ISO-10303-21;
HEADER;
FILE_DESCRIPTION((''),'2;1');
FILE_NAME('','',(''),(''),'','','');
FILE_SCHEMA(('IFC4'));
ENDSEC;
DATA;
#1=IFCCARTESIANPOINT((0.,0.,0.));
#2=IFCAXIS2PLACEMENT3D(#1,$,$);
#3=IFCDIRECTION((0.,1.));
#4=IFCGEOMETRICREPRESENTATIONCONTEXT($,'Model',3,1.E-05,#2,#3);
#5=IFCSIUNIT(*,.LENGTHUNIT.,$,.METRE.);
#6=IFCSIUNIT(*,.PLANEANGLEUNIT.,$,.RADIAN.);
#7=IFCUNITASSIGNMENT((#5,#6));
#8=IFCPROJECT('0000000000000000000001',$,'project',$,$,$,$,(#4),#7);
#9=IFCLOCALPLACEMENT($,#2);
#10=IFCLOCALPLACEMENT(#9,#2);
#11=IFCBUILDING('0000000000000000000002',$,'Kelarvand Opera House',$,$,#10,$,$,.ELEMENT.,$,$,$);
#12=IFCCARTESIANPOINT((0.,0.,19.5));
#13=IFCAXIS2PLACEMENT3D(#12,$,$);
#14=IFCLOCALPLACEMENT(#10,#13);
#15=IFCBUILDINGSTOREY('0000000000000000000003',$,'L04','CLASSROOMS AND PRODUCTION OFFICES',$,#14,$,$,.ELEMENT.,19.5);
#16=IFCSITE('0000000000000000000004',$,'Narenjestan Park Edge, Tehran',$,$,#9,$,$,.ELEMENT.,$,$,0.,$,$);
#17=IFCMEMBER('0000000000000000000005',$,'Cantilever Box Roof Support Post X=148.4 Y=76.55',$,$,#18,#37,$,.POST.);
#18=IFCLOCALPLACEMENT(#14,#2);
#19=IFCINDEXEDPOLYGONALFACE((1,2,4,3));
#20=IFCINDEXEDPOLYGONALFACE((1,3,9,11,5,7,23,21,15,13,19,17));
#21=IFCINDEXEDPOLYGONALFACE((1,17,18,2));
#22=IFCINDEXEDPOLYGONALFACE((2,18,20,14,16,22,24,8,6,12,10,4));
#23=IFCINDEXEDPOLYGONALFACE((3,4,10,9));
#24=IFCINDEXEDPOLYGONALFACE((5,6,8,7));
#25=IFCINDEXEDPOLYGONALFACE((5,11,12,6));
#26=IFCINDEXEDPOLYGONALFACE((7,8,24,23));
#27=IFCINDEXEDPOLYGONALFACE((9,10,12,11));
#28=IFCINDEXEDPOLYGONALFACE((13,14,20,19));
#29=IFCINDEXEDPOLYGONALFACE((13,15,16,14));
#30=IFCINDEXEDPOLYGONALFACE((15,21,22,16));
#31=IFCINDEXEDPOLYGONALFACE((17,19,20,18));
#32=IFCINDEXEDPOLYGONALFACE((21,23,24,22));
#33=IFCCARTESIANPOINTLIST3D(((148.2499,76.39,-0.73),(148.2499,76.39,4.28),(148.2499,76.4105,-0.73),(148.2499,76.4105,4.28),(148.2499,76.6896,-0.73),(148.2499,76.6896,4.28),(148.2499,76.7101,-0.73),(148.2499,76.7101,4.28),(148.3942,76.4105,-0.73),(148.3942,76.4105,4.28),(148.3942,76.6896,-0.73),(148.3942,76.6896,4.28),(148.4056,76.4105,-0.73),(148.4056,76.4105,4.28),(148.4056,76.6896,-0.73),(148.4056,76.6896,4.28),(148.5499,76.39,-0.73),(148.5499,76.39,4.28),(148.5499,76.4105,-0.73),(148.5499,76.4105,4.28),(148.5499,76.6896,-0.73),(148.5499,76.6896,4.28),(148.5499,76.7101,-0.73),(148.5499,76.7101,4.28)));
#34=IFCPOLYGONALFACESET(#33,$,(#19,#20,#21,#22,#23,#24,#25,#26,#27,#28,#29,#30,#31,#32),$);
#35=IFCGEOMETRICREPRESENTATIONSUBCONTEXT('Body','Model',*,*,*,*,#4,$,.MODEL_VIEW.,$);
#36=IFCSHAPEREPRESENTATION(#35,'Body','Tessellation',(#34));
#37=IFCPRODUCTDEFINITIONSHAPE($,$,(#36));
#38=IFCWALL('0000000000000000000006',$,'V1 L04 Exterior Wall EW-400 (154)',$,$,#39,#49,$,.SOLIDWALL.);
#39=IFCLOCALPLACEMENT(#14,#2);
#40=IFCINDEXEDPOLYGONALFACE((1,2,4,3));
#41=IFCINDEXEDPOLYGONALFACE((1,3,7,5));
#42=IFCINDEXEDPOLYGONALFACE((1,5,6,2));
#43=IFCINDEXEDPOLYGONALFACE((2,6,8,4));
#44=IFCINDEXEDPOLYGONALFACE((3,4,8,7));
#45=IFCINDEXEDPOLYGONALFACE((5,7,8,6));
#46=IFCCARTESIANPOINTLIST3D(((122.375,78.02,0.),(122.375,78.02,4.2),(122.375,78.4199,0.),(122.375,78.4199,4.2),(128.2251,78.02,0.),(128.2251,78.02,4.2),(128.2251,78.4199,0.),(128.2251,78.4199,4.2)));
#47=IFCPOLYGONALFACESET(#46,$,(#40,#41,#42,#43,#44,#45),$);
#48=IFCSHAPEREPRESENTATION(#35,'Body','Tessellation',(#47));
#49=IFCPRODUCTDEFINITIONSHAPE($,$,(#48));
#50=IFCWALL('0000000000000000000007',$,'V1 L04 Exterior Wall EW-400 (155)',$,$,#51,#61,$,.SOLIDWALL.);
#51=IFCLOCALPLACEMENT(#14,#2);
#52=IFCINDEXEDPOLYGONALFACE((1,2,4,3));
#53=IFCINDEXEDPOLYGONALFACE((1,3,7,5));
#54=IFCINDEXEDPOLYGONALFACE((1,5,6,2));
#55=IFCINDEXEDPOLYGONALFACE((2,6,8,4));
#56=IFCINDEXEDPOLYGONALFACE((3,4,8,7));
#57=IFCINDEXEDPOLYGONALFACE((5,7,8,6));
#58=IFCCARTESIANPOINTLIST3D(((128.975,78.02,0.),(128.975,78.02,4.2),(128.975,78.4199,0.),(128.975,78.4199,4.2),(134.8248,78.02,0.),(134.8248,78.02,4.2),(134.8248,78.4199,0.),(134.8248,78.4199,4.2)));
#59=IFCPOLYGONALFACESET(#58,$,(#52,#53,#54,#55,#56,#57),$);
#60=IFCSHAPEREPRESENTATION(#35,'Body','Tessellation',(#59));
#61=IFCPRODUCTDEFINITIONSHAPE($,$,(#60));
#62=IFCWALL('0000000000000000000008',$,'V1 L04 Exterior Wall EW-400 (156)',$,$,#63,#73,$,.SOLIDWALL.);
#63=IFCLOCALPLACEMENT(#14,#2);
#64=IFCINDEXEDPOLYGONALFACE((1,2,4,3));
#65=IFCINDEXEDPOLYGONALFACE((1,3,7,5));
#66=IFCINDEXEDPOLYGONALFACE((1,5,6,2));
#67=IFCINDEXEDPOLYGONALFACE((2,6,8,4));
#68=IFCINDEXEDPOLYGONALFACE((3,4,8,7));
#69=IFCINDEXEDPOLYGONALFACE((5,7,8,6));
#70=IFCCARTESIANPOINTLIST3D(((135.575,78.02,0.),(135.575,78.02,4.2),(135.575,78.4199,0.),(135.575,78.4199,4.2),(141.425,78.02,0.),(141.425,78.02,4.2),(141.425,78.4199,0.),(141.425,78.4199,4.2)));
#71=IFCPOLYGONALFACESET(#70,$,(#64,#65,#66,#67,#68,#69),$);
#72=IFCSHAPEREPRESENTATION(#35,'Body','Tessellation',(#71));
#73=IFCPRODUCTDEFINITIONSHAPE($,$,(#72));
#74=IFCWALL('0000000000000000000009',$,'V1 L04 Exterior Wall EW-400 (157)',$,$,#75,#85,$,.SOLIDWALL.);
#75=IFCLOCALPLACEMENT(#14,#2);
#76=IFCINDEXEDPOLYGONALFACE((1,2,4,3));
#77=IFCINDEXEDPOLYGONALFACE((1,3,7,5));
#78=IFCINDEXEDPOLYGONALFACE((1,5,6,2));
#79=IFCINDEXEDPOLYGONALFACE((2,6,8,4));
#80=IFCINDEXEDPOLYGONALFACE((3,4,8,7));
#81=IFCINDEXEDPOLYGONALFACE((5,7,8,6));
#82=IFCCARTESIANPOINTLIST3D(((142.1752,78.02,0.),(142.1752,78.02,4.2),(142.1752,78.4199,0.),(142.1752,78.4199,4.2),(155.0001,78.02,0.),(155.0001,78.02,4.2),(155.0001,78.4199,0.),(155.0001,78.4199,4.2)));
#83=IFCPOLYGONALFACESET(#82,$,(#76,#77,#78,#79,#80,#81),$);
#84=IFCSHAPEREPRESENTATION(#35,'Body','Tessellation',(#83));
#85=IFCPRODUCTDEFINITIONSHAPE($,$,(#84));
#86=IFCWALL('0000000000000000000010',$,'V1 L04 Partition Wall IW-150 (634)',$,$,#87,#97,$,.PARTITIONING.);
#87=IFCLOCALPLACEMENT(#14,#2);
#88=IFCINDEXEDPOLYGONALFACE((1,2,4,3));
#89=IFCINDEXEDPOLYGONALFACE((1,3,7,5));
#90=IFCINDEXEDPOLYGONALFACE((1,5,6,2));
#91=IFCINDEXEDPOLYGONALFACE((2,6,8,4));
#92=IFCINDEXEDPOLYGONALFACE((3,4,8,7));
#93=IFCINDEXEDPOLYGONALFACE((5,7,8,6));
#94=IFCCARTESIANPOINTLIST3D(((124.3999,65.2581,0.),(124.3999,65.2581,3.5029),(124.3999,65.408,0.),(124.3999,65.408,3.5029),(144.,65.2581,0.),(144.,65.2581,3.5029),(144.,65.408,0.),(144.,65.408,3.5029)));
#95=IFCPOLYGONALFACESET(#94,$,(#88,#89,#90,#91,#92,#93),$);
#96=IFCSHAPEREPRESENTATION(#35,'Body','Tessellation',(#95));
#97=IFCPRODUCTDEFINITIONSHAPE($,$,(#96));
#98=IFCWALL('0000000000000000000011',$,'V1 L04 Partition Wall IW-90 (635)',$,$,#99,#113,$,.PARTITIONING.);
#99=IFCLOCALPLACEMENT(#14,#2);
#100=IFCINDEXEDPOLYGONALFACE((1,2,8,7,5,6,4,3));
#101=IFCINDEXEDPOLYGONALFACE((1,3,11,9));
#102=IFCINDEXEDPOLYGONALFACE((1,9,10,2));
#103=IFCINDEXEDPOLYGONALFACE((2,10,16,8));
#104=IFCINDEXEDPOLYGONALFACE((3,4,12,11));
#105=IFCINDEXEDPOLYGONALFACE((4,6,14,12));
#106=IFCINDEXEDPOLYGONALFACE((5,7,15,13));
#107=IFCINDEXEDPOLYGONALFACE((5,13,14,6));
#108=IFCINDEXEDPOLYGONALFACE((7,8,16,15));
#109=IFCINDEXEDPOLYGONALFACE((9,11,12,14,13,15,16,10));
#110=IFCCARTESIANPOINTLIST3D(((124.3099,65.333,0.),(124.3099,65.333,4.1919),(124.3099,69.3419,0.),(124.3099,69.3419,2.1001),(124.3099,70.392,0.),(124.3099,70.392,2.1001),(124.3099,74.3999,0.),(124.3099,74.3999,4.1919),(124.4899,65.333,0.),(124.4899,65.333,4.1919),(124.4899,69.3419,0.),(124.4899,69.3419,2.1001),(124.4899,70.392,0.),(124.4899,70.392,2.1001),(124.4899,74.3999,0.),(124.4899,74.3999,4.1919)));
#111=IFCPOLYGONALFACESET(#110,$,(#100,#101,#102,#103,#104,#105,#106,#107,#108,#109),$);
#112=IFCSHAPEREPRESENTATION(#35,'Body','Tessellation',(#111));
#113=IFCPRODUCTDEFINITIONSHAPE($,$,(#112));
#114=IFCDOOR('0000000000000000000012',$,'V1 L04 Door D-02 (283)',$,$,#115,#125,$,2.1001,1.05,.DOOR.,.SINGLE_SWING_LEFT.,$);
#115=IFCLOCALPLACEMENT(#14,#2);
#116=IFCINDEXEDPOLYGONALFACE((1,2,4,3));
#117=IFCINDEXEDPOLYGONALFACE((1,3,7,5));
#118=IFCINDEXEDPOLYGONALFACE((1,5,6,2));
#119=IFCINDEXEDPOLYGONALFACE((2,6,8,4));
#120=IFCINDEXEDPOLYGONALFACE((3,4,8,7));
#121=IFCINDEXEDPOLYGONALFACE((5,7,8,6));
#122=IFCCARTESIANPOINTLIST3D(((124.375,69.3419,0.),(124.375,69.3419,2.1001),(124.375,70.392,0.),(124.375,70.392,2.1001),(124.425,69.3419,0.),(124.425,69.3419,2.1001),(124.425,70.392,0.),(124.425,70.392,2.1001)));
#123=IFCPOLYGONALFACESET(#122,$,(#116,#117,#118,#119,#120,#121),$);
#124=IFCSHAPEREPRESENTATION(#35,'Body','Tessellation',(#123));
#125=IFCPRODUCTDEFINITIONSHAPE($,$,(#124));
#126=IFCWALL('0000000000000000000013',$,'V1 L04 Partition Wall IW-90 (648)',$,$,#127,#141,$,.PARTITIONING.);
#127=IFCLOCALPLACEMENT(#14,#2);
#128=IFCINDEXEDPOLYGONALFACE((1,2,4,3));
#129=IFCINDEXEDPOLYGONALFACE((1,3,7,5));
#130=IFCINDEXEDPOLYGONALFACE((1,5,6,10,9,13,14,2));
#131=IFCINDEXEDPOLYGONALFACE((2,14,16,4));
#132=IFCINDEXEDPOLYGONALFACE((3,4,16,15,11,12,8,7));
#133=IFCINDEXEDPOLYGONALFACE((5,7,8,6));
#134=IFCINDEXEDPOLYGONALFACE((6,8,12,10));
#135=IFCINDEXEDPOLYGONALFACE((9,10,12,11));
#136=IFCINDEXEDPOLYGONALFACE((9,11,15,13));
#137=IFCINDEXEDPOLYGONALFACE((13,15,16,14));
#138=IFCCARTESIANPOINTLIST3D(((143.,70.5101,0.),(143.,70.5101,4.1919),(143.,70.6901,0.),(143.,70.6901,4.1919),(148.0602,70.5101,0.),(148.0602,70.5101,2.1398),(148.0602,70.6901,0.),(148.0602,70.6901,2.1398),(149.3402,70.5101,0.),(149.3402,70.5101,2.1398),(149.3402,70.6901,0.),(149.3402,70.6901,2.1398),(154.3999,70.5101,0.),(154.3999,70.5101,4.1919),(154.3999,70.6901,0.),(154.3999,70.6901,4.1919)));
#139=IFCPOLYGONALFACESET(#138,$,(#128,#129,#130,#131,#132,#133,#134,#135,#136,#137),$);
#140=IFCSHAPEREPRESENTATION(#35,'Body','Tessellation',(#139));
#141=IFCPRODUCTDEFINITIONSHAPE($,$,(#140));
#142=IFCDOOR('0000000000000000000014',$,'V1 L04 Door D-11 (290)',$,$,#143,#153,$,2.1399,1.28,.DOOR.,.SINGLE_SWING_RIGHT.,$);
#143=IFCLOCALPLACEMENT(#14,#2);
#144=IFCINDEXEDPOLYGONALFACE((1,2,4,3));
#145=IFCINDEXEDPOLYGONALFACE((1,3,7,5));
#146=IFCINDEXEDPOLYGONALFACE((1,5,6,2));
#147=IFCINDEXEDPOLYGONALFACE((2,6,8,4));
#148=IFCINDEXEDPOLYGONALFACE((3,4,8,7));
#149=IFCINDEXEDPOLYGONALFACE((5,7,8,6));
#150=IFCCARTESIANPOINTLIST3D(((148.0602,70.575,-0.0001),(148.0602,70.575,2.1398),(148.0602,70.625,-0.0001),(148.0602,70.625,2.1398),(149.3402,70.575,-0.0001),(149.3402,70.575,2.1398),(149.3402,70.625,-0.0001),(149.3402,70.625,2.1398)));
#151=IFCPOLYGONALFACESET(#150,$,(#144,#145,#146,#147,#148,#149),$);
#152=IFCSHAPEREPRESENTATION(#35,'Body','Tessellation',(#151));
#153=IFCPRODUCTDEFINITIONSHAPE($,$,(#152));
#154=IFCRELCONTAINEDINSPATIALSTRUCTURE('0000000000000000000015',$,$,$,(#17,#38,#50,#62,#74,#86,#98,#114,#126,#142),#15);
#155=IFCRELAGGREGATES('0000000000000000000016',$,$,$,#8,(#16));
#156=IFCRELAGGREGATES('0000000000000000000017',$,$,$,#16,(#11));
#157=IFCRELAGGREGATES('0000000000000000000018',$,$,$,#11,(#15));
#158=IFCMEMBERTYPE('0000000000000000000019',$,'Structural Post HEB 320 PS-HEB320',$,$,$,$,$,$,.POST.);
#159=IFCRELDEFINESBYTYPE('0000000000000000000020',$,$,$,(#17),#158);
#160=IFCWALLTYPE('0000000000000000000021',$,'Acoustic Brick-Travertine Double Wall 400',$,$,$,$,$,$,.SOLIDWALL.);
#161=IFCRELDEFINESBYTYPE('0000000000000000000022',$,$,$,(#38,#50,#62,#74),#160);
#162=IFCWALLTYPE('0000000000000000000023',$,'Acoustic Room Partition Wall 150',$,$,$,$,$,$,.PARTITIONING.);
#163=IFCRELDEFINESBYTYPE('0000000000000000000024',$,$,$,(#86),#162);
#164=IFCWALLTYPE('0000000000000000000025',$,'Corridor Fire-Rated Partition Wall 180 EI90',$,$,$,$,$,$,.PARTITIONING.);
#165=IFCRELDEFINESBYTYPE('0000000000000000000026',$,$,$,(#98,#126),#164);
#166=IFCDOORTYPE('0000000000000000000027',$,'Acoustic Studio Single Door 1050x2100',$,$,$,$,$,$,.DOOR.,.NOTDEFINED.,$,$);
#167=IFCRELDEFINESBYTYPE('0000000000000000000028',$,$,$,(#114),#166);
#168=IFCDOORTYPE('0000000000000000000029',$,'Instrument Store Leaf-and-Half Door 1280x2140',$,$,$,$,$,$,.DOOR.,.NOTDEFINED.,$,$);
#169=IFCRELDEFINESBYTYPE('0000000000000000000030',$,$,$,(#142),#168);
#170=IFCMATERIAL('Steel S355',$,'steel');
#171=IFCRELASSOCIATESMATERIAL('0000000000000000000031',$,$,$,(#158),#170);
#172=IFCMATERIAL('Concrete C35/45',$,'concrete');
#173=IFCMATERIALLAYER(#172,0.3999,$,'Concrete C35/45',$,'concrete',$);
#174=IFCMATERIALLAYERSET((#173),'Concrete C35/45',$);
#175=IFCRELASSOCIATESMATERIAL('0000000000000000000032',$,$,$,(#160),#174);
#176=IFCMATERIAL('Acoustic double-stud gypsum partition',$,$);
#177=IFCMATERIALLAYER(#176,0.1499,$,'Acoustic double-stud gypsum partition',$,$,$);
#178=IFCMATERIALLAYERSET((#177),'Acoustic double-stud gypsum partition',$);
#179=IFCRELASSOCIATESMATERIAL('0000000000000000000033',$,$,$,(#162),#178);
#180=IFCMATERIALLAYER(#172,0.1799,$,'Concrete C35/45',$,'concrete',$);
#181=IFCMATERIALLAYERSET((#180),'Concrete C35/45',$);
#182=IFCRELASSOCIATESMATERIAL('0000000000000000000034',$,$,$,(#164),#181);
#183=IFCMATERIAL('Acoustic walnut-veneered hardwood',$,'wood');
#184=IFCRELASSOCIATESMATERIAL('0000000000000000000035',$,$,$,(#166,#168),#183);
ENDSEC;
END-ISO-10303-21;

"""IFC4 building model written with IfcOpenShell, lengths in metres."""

from ifc_helpers import new_model, si_unit, direction, frame, frame_2d, origin, origin_2d, place, context, subcontext, project, spatial, rectangle, i_section, extrude, material, layer, layer_set, material_profile, profile_set, type_object, element, fill, save


model = new_model("IFC4")

# Units and contexts
model_context = context("Model", 3, precision=1e-05, world=origin(), true_north=direction((0.0, 1.0)))
body_context = subcontext(model_context, "Body", "Model", "MODEL_VIEW")
ifc_project = project(units=[si_unit("LENGTHUNIT", "METRE"), si_unit("PLANEANGLEUNIT", "RADIAN")], contexts=[model_context])

# Site, building, storey
site_placement = place(None, origin())
site = spatial("IfcSite", under=ifc_project, at=site_placement, Name="Narenjestan Park Edge, Tehran", CompositionType="ELEMENT", RefElevation=0.0)
building_placement = place(site_placement, origin())
building = spatial("IfcBuilding", under=site, at=building_placement, Name="Kelarvand Opera House", CompositionType="ELEMENT")
storey_placement = place(building_placement, frame((0.0, 0.0, 19.5)))
storey = spatial("IfcBuildingStorey", under=building, at=storey_placement, Name="L04", Description="CLASSROOMS AND PRODUCTION OFFICES", CompositionType="ELEMENT", Elevation=19.5)

# Shared definitions
ifc_material_1 = material(Name="Steel S355", Category="steel")

# Member
ifc_material_profile_1 = material_profile(ifc_material_1, i_section(OverallWidth=0.3, OverallDepth=0.3201, WebThickness=0.0115, FlangeThickness=0.0205, at=origin_2d()), Name="HEB 320", Category="steel")
ifc_profile_set_1 = profile_set([ifc_material_profile_1], Name="Steel S355")
member_type = type_object("IfcMemberType", Name="Structural Post HEB 320 PS-HEB320", PredefinedType="POST", material=ifc_profile_set_1)
for number, where, z_axis, x_axis, name in (
    (1, (148.3999, 76.55, -0.73), (0.0, 0.0, 1.0), (1.0, 0.0, 0.0), "Cantilever Box Roof Support Post X=148.4 Y=76.55"),
):
    element("IfcMember", number, at=place(storey_placement, frame(where, z_axis=z_axis, x_axis=x_axis)), inside=storey, type_object=member_type, Name=name, PredefinedType="POST", context=body_context, shape_type="SweptSolid", body=[
        extrude(i_section(OverallWidth=0.3, OverallDepth=0.3201, WebThickness=0.0115, FlangeThickness=0.0205, at=origin_2d()), origin(), (0.0, 0.0, 1.0), 5.01),
    ])

# Walls
ifc_material_2 = material(Name="Concrete C35/45", Category="concrete")
ifc_layer_1 = layer(ifc_material_2, 0.3999, Name="Concrete C35/45", Category="concrete")
ifc_layer_set_1 = layer_set([ifc_layer_1], Name="Concrete C35/45")
wall_type_1 = type_object("IfcWallType", Name="Acoustic Brick-Travertine Double Wall 400", PredefinedType="SOLIDWALL", material=ifc_layer_set_1)
wall_1_placement = place(storey_placement, frame((122.375, 78.22, 0.0), z_axis=(0.0, 0.0, 1.0), x_axis=(1.0, 0.0, 0.0)))
element("IfcWall", 2, at=wall_1_placement, inside=storey, type_object=wall_type_1, Name="V1 L04 Exterior Wall EW-400 (154)", PredefinedType="SOLIDWALL", context=body_context, shape_type="SweptSolid", body=[
    extrude(rectangle(XDim=5.8501, YDim=0.3999, at=frame_2d((2.925, 0.0))), origin(), (0.0, 0.0, 1.0), 4.2),
])
wall_2_placement = place(storey_placement, frame((128.9751, 78.22, 0.0), z_axis=(0.0, 0.0, 1.0), x_axis=(1.0, 0.0, 0.0)))
element("IfcWall", 3, at=wall_2_placement, inside=storey, type_object=wall_type_1, Name="V1 L04 Exterior Wall EW-400 (155)", PredefinedType="SOLIDWALL", context=body_context, shape_type="SweptSolid", body=[
    extrude(rectangle(XDim=5.8499, YDim=0.3999, at=frame_2d((2.9248, 0.0))), origin(), (0.0, 0.0, 1.0), 4.2),
])
wall_3_placement = place(storey_placement, frame((135.575, 78.22, 0.0), z_axis=(0.0, 0.0, 1.0), x_axis=(1.0, 0.0, 0.0)))
element("IfcWall", 4, at=wall_3_placement, inside=storey, type_object=wall_type_1, Name="V1 L04 Exterior Wall EW-400 (156)", PredefinedType="SOLIDWALL", context=body_context, shape_type="SweptSolid", body=[
    extrude(rectangle(XDim=5.8501, YDim=0.3999, at=frame_2d((2.925, 0.0))), origin(), (0.0, 0.0, 1.0), 4.2),
])
wall_4_placement = place(storey_placement, frame((142.175, 78.22, 0.0), z_axis=(0.0, 0.0, 1.0), x_axis=(1.0, 0.0, 0.0)))
element("IfcWall", 5, at=wall_4_placement, inside=storey, type_object=wall_type_1, Name="V1 L04 Exterior Wall EW-400 (157)", PredefinedType="SOLIDWALL", context=body_context, shape_type="SweptSolid", body=[
    extrude(rectangle(XDim=12.825, YDim=0.3999, at=frame_2d((6.4126, 0.0))), origin(), (0.0, 0.0, 1.0), 4.2),
])
ifc_material_3 = material(Name="Acoustic double-stud gypsum partition")
ifc_layer_2 = layer(ifc_material_3, 0.1499, Name="Acoustic double-stud gypsum partition")
ifc_layer_set_2 = layer_set([ifc_layer_2], Name="Acoustic double-stud gypsum partition")
wall_type_2 = type_object("IfcWallType", Name="Acoustic Room Partition Wall 150", PredefinedType="PARTITIONING", material=ifc_layer_set_2)
wall_5_placement = place(storey_placement, frame((124.3999, 65.333, 0.0), z_axis=(0.0, 0.0, 1.0), x_axis=(1.0, 0.0, 0.0)))
element("IfcWall", 6, at=wall_5_placement, inside=storey, type_object=wall_type_2, Name="V1 L04 Partition Wall IW-150 (634)", PredefinedType="PARTITIONING", context=body_context, shape_type="SweptSolid", body=[
    extrude(rectangle(XDim=19.6001, YDim=0.1499, at=frame_2d((9.8, 0.0))), origin(), (0.0, 0.0, 1.0), 3.5029),
])

# Walls, openings, doors
ifc_layer_3 = layer(ifc_material_2, 0.1799, Name="Concrete C35/45", Category="concrete")
ifc_layer_set_3 = layer_set([ifc_layer_3], Name="Concrete C35/45")
wall_type_3 = type_object("IfcWallType", Name="Corridor Fire-Rated Partition Wall 180 EI90", PredefinedType="PARTITIONING", material=ifc_layer_set_3)
wall_6_placement = place(storey_placement, frame((124.3999, 65.333, 0.0), z_axis=(0.0, 0.0, 1.0), x_axis=(0.0, 1.0, 0.0)))
wall_6 = element("IfcWall", 7, at=wall_6_placement, inside=storey, type_object=wall_type_3, Name="V1 L04 Partition Wall IW-90 (635)", PredefinedType="PARTITIONING", context=body_context, shape_type="SweptSolid", body=[
    extrude(rectangle(XDim=9.0669, YDim=0.1799, at=frame_2d((4.5334, 0.0))), origin(), (0.0, 0.0, 1.0), 4.1919),
])
opening_1_placement = place(wall_6_placement, frame((4.009, 0.0, 0.0)))
opening_1 = element("IfcOpeningElement", 8, at=opening_1_placement, cuts=wall_6, PredefinedType="OPENING", context=body_context, shape_type="SweptSolid", body=[
    extrude(rectangle(XDim=1.05, YDim=2.1001, at=frame_2d((0.5249, 1.05))), frame((0.0, 0.1001, 0.0), z_axis=(0.0, -1.0, 0.0), x_axis=(1.0, 0.0, 0.0)), (0.0, 0.0, 1.0), 0.2),
])
ifc_material_4 = material(Name="Acoustic walnut-veneered hardwood", Category="wood")
door_type_1 = type_object("IfcDoorType", Name="Acoustic Studio Single Door 1050x2100", OperationType="NOTDEFINED", PredefinedType="DOOR", material=ifc_material_4)
door_1_placement = place(opening_1_placement, origin())
door_1 = element("IfcDoor", 9, at=door_1_placement, inside=storey, type_object=door_type_1, Name="V1 L04 Door D-02 (283)", OperationType="SINGLE_SWING_LEFT", OverallHeight=2.1001, OverallWidth=1.05, PredefinedType="DOOR", context=body_context, shape_type="SweptSolid", body=[
    extrude(rectangle(XDim=1.05, YDim=2.1001, at=frame_2d((0.5249, 1.05))), frame((0.0, 0.0249, 0.0), z_axis=(0.0, -1.0, 0.0), x_axis=(1.0, 0.0, 0.0)), (0.0, 0.0, 1.0), 0.05),
])
fill(opening_1, door_1)
wall_7_placement = place(storey_placement, frame((143.0, 70.6001, 0.0), z_axis=(0.0, 0.0, 1.0), x_axis=(1.0, 0.0, 0.0)))
wall_7 = element("IfcWall", 10, at=wall_7_placement, inside=storey, type_object=wall_type_3, Name="V1 L04 Partition Wall IW-90 (648)", PredefinedType="PARTITIONING", context=body_context, shape_type="SweptSolid", body=[
    extrude(rectangle(XDim=11.3999, YDim=0.1799, at=frame_2d((5.7, 0.0))), origin(), (0.0, 0.0, 1.0), 4.1919),
])
opening_2_placement = place(wall_7_placement, frame((5.0601, 0.0, 0.0)))
opening_2 = element("IfcOpeningElement", 11, at=opening_2_placement, cuts=wall_7, PredefinedType="OPENING", context=body_context, shape_type="SweptSolid", body=[
    extrude(rectangle(XDim=1.28, YDim=2.1399, at=frame_2d((0.6401, 1.0698))), frame((0.0, 0.1001, 0.0), z_axis=(0.0, -1.0, 0.0), x_axis=(1.0, 0.0, 0.0)), (0.0, 0.0, 1.0), 0.2),
])
door_type_2 = type_object("IfcDoorType", Name="Instrument Store Leaf-and-Half Door 1280x2140", OperationType="NOTDEFINED", PredefinedType="DOOR", material=ifc_material_4)
door_2_placement = place(opening_2_placement, origin())
door_2 = element("IfcDoor", 12, at=door_2_placement, inside=storey, type_object=door_type_2, Name="V1 L04 Door D-11 (290)", OperationType="SINGLE_SWING_RIGHT", OverallHeight=2.1399, OverallWidth=1.28, PredefinedType="DOOR", context=body_context, shape_type="SweptSolid", body=[
    extrude(rectangle(XDim=1.28, YDim=2.1399, at=frame_2d((0.6401, 1.0698))), frame((0.0, 0.0249, 0.0), z_axis=(0.0, -1.0, 0.0), x_axis=(1.0, 0.0, 0.0)), (0.0, 0.0, 1.0), 0.05),
])
fill(opening_2, door_2)

save(model, "model.ifc")
